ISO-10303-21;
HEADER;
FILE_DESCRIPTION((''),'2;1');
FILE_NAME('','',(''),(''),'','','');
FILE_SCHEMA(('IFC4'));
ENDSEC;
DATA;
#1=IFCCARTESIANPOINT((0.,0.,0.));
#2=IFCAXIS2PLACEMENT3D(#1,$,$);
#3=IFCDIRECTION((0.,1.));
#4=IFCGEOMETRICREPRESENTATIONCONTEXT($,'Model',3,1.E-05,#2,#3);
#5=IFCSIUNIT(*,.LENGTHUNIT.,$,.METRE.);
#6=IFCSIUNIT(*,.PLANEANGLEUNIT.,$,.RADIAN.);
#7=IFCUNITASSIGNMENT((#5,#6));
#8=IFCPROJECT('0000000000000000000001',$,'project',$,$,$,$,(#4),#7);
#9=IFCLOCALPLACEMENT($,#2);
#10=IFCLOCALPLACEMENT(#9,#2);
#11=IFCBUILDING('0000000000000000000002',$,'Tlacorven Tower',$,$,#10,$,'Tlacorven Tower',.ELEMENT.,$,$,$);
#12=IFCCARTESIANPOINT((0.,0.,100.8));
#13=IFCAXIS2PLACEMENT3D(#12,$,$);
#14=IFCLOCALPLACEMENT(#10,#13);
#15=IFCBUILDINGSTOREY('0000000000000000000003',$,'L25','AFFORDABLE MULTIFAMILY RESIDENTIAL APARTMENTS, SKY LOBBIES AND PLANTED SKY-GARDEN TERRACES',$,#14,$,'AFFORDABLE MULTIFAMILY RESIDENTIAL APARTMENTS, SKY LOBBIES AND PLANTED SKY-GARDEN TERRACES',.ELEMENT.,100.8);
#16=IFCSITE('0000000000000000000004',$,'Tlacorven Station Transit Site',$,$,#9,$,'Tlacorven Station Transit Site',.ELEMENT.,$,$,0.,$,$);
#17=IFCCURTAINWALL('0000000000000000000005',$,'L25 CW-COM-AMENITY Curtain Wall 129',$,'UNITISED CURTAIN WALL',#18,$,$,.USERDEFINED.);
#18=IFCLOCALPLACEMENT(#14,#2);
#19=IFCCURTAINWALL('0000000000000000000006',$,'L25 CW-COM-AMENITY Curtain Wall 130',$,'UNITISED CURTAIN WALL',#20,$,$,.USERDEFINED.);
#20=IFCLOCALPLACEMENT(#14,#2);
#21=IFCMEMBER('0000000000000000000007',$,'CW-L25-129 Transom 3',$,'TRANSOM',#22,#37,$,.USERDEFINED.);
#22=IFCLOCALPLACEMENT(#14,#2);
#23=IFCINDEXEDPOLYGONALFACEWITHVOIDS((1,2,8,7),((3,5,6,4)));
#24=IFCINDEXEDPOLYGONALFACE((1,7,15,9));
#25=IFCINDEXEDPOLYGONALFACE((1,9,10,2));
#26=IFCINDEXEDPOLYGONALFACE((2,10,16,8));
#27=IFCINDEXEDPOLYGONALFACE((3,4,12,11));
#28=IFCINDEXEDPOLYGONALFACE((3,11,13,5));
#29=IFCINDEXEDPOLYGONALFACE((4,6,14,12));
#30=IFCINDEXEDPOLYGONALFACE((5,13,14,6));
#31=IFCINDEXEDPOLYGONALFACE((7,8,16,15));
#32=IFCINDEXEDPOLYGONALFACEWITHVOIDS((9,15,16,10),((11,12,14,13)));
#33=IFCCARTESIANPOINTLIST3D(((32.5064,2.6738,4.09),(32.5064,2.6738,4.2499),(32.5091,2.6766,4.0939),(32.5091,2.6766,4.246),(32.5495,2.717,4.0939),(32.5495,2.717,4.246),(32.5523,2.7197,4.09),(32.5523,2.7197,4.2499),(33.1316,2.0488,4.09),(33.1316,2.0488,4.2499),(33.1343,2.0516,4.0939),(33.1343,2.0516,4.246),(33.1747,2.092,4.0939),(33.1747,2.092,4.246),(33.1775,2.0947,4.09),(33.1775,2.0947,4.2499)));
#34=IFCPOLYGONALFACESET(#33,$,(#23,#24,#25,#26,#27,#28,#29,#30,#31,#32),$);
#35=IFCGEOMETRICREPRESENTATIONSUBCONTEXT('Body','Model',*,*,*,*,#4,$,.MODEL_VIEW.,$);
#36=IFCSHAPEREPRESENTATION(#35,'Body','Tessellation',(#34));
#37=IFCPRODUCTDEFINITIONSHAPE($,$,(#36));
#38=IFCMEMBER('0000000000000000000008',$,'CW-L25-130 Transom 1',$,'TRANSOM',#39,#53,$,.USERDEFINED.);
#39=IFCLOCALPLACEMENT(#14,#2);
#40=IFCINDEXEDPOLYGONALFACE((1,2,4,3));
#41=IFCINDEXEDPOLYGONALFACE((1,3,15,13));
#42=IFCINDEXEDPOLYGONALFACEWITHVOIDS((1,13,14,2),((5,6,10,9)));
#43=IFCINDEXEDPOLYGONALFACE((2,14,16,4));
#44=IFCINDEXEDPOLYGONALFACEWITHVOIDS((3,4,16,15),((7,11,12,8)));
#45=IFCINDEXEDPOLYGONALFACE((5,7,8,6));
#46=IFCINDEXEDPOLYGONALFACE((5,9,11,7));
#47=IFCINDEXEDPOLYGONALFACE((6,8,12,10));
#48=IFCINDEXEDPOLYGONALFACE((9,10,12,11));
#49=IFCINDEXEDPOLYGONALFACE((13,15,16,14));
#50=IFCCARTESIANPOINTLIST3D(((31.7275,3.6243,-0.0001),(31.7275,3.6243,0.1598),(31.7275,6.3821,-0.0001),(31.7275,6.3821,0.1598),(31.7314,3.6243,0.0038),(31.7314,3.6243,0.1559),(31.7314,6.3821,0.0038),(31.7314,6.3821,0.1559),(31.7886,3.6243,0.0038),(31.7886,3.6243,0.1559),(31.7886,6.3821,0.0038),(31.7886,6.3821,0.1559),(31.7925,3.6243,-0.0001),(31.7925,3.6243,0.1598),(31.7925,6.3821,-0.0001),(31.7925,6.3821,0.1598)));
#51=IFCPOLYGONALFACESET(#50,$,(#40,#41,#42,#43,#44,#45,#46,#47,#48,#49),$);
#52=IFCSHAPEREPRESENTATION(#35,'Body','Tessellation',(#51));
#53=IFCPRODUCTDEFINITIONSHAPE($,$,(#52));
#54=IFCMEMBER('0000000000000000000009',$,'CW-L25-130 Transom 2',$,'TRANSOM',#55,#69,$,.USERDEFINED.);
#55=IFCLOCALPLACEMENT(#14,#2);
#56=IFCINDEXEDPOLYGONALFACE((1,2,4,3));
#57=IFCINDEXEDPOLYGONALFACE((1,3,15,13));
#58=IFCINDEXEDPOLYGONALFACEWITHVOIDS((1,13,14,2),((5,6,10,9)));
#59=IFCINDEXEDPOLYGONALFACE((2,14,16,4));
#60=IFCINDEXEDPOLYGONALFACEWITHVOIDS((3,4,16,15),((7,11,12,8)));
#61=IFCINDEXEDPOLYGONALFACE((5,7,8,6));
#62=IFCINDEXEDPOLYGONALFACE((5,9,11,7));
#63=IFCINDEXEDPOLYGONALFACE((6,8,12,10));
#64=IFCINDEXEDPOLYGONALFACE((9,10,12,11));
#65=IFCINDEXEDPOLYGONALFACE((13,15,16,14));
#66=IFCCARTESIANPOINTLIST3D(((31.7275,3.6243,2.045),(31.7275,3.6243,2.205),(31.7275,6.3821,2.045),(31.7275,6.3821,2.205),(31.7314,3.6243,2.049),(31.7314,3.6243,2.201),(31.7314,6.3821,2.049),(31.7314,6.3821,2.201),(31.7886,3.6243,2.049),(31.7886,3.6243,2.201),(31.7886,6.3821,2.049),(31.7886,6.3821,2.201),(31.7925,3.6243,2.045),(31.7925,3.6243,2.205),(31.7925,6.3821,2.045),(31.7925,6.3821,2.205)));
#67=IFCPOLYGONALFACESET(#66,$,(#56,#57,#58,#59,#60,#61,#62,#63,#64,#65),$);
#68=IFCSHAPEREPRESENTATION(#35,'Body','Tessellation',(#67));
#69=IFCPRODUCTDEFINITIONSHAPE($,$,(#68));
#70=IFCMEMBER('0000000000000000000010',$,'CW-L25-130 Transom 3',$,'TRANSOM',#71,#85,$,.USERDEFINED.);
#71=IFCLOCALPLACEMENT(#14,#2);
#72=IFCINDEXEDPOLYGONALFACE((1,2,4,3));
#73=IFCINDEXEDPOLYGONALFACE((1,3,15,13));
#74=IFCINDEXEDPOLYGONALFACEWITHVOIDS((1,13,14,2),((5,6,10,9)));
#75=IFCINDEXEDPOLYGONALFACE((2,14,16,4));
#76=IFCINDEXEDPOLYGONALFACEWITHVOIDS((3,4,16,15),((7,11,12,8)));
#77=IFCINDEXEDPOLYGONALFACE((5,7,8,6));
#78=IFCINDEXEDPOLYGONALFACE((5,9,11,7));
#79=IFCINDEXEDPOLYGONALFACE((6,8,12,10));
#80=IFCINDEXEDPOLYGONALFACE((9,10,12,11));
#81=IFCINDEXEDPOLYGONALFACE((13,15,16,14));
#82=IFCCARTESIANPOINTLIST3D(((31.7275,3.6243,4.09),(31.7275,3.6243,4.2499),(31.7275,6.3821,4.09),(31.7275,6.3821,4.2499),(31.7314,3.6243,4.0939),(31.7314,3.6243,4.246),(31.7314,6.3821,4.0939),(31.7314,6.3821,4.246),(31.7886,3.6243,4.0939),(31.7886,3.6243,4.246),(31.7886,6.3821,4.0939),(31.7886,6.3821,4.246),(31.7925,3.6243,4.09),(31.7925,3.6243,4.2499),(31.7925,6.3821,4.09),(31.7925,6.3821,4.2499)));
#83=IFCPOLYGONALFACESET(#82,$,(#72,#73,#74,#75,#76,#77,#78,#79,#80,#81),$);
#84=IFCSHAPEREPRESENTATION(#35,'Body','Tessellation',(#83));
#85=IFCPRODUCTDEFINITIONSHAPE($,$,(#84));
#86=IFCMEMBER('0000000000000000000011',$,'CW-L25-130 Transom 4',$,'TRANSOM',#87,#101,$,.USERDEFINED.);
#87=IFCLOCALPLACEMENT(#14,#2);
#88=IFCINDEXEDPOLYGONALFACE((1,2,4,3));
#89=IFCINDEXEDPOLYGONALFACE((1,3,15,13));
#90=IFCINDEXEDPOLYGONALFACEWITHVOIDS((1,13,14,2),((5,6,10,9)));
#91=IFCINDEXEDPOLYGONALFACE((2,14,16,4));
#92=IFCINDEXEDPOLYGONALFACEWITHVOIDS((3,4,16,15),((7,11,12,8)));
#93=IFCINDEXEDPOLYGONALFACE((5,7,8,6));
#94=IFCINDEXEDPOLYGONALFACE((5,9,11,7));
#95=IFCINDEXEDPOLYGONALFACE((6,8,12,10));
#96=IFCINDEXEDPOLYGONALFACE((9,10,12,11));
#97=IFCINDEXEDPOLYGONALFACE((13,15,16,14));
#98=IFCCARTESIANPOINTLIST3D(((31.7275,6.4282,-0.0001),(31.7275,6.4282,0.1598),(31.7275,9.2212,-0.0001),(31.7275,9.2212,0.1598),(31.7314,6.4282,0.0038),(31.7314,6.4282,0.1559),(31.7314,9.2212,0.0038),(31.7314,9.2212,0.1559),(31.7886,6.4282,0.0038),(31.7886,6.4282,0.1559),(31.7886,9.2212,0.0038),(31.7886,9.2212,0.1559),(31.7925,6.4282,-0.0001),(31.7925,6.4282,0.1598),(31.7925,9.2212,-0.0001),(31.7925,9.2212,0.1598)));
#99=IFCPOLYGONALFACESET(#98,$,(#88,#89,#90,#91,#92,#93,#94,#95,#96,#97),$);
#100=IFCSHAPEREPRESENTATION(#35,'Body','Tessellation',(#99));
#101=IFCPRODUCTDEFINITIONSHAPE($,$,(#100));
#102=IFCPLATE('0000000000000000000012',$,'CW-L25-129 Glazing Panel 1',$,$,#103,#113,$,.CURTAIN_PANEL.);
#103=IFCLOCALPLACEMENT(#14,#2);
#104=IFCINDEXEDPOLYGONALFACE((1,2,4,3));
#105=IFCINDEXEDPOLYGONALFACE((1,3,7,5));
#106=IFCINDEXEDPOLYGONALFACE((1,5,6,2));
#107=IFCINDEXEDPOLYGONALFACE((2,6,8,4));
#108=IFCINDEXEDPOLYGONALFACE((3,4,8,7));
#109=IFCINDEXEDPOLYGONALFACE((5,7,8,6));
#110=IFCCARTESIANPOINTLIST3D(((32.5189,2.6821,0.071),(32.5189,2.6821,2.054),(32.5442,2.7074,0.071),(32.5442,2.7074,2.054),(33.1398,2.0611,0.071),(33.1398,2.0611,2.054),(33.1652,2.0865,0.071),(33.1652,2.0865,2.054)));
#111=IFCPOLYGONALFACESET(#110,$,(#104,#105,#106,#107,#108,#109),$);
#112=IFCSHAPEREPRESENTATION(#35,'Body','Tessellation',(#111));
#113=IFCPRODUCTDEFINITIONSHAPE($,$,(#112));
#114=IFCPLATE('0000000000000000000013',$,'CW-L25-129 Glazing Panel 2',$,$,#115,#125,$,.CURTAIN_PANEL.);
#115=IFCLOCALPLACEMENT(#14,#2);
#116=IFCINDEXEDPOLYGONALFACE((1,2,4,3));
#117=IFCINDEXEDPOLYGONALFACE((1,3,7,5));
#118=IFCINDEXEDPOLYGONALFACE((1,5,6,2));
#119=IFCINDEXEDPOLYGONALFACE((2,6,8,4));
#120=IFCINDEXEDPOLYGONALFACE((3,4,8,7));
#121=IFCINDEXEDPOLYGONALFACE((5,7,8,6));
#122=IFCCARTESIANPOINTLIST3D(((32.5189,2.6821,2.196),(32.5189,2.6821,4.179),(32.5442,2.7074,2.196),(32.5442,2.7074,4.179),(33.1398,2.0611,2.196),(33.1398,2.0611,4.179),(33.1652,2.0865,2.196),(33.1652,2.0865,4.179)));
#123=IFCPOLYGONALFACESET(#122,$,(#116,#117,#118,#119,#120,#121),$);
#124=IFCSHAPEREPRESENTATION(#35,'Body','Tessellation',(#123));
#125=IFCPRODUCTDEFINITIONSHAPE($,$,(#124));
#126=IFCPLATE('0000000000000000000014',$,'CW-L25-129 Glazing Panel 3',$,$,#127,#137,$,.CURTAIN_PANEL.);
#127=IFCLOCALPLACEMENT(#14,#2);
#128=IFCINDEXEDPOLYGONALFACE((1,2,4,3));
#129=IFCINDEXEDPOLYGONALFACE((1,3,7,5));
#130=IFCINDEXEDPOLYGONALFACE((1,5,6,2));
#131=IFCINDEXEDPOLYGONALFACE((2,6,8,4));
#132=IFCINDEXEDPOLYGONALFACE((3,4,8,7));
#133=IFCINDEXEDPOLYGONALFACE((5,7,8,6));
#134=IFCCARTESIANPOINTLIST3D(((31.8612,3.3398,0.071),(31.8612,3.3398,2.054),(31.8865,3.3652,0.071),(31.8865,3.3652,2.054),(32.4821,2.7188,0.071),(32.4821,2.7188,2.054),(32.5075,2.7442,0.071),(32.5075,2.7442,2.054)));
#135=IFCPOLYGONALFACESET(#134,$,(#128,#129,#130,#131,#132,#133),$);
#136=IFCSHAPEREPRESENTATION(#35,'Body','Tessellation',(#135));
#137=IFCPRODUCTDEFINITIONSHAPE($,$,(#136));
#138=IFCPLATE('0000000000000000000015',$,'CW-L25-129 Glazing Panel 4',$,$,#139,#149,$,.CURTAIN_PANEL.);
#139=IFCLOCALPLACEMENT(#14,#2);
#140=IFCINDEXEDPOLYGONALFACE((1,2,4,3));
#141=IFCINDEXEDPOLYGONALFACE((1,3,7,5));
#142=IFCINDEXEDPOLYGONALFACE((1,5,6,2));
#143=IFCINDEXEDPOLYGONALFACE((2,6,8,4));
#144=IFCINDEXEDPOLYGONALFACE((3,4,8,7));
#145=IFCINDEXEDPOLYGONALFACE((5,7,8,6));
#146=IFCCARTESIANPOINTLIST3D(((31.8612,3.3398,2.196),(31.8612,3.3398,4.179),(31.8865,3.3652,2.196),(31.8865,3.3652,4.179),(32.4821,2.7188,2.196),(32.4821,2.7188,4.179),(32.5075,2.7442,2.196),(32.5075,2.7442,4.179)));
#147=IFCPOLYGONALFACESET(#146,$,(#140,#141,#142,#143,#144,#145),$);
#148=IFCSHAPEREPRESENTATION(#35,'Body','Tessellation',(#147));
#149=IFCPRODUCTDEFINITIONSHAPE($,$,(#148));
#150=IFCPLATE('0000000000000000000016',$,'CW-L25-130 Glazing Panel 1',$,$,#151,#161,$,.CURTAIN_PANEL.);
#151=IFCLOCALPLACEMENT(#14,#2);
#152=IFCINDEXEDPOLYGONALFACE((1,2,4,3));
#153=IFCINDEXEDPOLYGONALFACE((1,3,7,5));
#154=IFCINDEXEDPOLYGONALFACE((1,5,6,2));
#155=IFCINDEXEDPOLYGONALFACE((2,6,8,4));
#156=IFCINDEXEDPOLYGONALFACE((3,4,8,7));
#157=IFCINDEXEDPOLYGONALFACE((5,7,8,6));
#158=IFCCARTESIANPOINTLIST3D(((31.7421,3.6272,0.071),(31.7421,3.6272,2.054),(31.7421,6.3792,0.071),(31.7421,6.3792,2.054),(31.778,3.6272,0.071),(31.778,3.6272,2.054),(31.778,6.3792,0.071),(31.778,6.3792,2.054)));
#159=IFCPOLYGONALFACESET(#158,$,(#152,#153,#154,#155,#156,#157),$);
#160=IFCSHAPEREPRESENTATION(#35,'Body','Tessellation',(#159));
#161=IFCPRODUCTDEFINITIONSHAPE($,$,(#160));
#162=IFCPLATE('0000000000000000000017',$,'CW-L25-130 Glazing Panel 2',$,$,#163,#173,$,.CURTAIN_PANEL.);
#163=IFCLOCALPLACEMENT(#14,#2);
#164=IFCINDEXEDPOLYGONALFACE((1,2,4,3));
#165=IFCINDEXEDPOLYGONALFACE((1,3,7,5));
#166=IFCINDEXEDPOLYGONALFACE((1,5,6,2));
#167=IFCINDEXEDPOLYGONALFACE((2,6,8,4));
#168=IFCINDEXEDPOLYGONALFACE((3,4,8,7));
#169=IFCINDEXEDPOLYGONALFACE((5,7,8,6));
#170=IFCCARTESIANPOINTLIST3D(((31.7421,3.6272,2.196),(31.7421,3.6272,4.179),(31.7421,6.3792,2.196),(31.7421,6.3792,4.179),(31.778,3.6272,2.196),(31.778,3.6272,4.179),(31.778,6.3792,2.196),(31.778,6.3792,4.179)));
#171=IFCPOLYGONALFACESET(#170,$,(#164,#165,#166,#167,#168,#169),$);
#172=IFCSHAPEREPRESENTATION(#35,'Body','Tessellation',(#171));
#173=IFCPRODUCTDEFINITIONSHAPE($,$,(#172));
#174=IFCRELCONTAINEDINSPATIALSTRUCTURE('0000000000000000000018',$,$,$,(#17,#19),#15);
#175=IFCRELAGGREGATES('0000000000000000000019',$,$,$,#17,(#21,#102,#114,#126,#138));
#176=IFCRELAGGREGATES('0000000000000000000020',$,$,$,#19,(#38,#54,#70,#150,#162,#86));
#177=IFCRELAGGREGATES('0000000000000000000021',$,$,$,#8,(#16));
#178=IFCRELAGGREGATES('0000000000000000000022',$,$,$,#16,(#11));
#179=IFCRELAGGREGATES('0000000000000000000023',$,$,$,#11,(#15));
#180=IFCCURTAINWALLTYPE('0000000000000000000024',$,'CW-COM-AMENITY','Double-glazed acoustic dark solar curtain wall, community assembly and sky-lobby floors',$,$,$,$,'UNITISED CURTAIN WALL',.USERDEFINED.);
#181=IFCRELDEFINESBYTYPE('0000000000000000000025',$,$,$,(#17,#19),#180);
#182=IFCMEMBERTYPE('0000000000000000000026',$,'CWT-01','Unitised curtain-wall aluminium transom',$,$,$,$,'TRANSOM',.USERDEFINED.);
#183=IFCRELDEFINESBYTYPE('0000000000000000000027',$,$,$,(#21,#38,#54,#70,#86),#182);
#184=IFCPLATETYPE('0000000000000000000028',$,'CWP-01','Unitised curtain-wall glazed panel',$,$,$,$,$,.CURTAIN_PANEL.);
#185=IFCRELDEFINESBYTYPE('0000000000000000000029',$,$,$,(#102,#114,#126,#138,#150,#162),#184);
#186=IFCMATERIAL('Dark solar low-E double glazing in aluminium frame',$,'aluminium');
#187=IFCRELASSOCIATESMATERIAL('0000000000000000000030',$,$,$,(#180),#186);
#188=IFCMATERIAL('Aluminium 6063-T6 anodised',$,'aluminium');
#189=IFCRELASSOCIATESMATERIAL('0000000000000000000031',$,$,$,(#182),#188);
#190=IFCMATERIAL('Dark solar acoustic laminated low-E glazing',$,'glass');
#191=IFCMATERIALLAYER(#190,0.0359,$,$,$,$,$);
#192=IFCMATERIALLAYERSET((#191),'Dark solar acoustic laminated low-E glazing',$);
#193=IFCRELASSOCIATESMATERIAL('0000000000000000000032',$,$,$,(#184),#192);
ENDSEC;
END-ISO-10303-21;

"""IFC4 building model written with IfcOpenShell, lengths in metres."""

from ifc_helpers import new_model, si_unit, direction, frame, origin, origin_2d, place, context, subcontext, project, spatial, rectangle, hollow_rectangle, extrude, source, transform, mapped, material, layer, layer_set, material_profile, profile_set, type_object, element, aggregate, save


model = new_model("IFC4")

# Units and contexts
model_context = context("Model", 3, precision=1e-05, world=origin(), true_north=direction((0.0, 1.0)))
body_context = subcontext(model_context, "Body", "Model", "MODEL_VIEW")
ifc_project = project(units=[si_unit("LENGTHUNIT", "METRE"), si_unit("PLANEANGLEUNIT", "RADIAN")], contexts=[model_context])

# Site, building, storey
site_placement = place(None, origin())
site = spatial("IfcSite", under=ifc_project, at=site_placement, Name="Tlacorven Station Transit Site", LongName="Tlacorven Station Transit Site", CompositionType="ELEMENT", RefElevation=0.0)
building_placement = place(site_placement, origin())
building = spatial("IfcBuilding", under=site, at=building_placement, Name="Tlacorven Tower", LongName="Tlacorven Tower", CompositionType="ELEMENT")
storey_placement = place(building_placement, frame((0.0, 0.0, 100.8)))
storey = spatial("IfcBuildingStorey", under=building, at=storey_placement, Name="L25", Description="AFFORDABLE MULTIFAMILY RESIDENTIAL APARTMENTS, SKY LOBBIES AND PLANTED SKY-GARDEN TERRACES", LongName="AFFORDABLE MULTIFAMILY RESIDENTIAL APARTMENTS, SKY LOBBIES AND PLANTED SKY-GARDEN TERRACES", CompositionType="ELEMENT", Elevation=100.8)

# Shared definitions
ifc_material_1 = material(Name="Dark solar low-E double glazing in aluminium frame", Category="aluminium")
curtain_wall_type = type_object("IfcCurtainWallType", Name="CW-COM-AMENITY", Description="Double-glazed acoustic dark solar curtain wall, community assembly and sky-lobby floors", ElementType="UNITISED CURTAIN WALL", PredefinedType="USERDEFINED", material=ifc_material_1)
ifc_material_2 = material(Name="Aluminium 6063-T6 anodised", Category="aluminium")

# Curtain walls
curtain_wall_1_placement = place(storey_placement, origin())
curtain_wall_1 = element("IfcCurtainWall", 1, at=curtain_wall_1_placement, inside=storey, type_object=curtain_wall_type, Name="L25 CW-COM-AMENITY Curtain Wall 129", ObjectType="UNITISED CURTAIN WALL", PredefinedType="USERDEFINED")
curtain_wall_2_placement = place(storey_placement, origin())
curtain_wall_2 = element("IfcCurtainWall", 2, at=curtain_wall_2_placement, inside=storey, type_object=curtain_wall_type, Name="L25 CW-COM-AMENITY Curtain Wall 130", ObjectType="UNITISED CURTAIN WALL", PredefinedType="USERDEFINED")

# Members
ifc_material_profile_1 = material_profile(ifc_material_2, hollow_rectangle(XDim=0.0649, YDim=0.1599, WallThickness=0.0039, at=origin_2d()), Name="ALU TRANSOM 65X160")
ifc_profile_set_1 = profile_set([ifc_material_profile_1], Name="Aluminium 6063-T6 anodised")
member_type_1 = type_object("IfcMemberType", Name="CWT-01", Description="Unitised curtain-wall aluminium transom", ElementType="TRANSOM", PredefinedType="USERDEFINED", material=ifc_profile_set_1)
shared_shape_1 = source(origin(), body_context, "Body", "SweptSolid", [
    extrude(hollow_rectangle(XDim=0.0649, YDim=0.1599, WallThickness=0.0039, at=origin_2d()), origin(), (0.0, 0.0, 1.0), 0.884),
])
member_1_placement = place(storey_placement, frame((33.1545, 2.0718, 4.1699), z_axis=(-0.707245, 0.706969, 0.0), x_axis=(-0.706969, -0.707245, 0.0)))
member_1 = element("IfcMember", 3, at=member_1_placement, type_object=member_type_1, Name="CW-L25-129 Transom 3", ObjectType="TRANSOM", PredefinedType="USERDEFINED", context=body_context, shape_type="MappedRepresentation", body=[
    mapped(shared_shape_1, transform((0.0, 0.0, 0.0), scale=1.0)),
])
shared_shape_2 = source(origin(), body_context, "Body", "SweptSolid", [
    extrude(hollow_rectangle(XDim=0.0649, YDim=0.1599, WallThickness=0.0039, at=origin_2d()), origin(), (0.0, 0.0, 1.0), 2.7578),
])
member_2_placement = place(storey_placement, frame((31.76, 3.6243, 0.0798), z_axis=(0.0, 1.0, 0.0), x_axis=(-1.0, 0.0, 0.0)))
member_2 = element("IfcMember", 4, at=member_2_placement, type_object=member_type_1, Name="CW-L25-130 Transom 1", ObjectType="TRANSOM", PredefinedType="USERDEFINED", context=body_context, shape_type="MappedRepresentation", body=[
    mapped(shared_shape_2, transform((0.0, 0.0, 0.0), scale=1.0)),
])
member_3_placement = place(storey_placement, frame((31.76, 3.6243, 2.125), z_axis=(0.0, 1.0, 0.0), x_axis=(-1.0, 0.0, 0.0)))
member_3 = element("IfcMember", 5, at=member_3_placement, type_object=member_type_1, Name="CW-L25-130 Transom 2", ObjectType="TRANSOM", PredefinedType="USERDEFINED", context=body_context, shape_type="MappedRepresentation", body=[
    mapped(shared_shape_2, transform((0.0, 0.0, 0.0), scale=1.0)),
])
member_4_placement = place(storey_placement, frame((31.76, 3.6243, 4.1699), z_axis=(0.0, 1.0, 0.0), x_axis=(-1.0, 0.0, 0.0)))
member_4 = element("IfcMember", 6, at=member_4_placement, type_object=member_type_1, Name="CW-L25-130 Transom 3", ObjectType="TRANSOM", PredefinedType="USERDEFINED", context=body_context, shape_type="MappedRepresentation", body=[
    mapped(shared_shape_2, transform((0.0, 0.0, 0.0), scale=1.0)),
])
shared_shape_3 = source(origin(), body_context, "Body", "SweptSolid", [
    extrude(hollow_rectangle(XDim=0.0649, YDim=0.1599, WallThickness=0.0039, at=origin_2d()), origin(), (0.0, 0.0, 1.0), 2.793),
])
member_5_placement = place(storey_placement, frame((31.76, 6.4282, 0.0798), z_axis=(0.0, 1.0, 0.0), x_axis=(-1.0, 0.0, 0.0)))
member_5 = element("IfcMember", 7, at=member_5_placement, type_object=member_type_1, Name="CW-L25-130 Transom 4", ObjectType="TRANSOM", PredefinedType="USERDEFINED", context=body_context, shape_type="MappedRepresentation", body=[
    mapped(shared_shape_3, transform((0.0, 0.0, 0.0), scale=1.0)),
])

# Plates
ifc_material_3 = material(Name="Dark solar acoustic laminated low-E glazing", Category="glass")
ifc_layer = layer(ifc_material_3, 0.0359)
ifc_layer_set = layer_set([ifc_layer], Name="Dark solar acoustic laminated low-E glazing")
plate_type = type_object("IfcPlateType", Name="CWP-01", Description="Unitised curtain-wall glazed panel", PredefinedType="CURTAIN_PANEL", material=ifc_layer_set)
shared_shape_4 = source(origin(), body_context, "Body", "SweptSolid", [
    extrude(rectangle(XDim=0.8782, YDim=0.0359, at=origin_2d()), origin(), (0.0, 0.0, 1.0), 1.9829),
])
plate_1_placement = place(storey_placement, frame((32.842, 2.3843, 0.071), z_axis=(0.0, 0.0, 1.0), x_axis=(-0.707107, 0.707107, 0.0)))
plate_1 = element("IfcPlate", 8, at=plate_1_placement, type_object=plate_type, Name="CW-L25-129 Glazing Panel 1", PredefinedType="CURTAIN_PANEL", context=body_context, shape_type="MappedRepresentation", body=[
    mapped(shared_shape_4, transform((0.0, 0.0, 0.0), scale=1.0)),
])
plate_2_placement = place(storey_placement, frame((32.842, 2.3843, 2.196), z_axis=(0.0, 0.0, 1.0), x_axis=(-0.707107, 0.707107, 0.0)))
plate_2 = element("IfcPlate", 9, at=plate_2_placement, type_object=plate_type, Name="CW-L25-129 Glazing Panel 2", PredefinedType="CURTAIN_PANEL", context=body_context, shape_type="MappedRepresentation", body=[
    mapped(shared_shape_4, transform((0.0, 0.0, 0.0), scale=1.0)),
])
plate_3_placement = place(storey_placement, frame((32.1843, 3.042, 0.071), z_axis=(0.0, 0.0, 1.0), x_axis=(-0.707107, 0.707107, 0.0)))
plate_3 = element("IfcPlate", 10, at=plate_3_placement, type_object=plate_type, Name="CW-L25-129 Glazing Panel 3", PredefinedType="CURTAIN_PANEL", context=body_context, shape_type="MappedRepresentation", body=[
    mapped(shared_shape_4, transform((0.0, 0.0, 0.0), scale=1.0)),
])
plate_4_placement = place(storey_placement, frame((32.1843, 3.042, 2.196), z_axis=(0.0, 0.0, 1.0), x_axis=(-0.707107, 0.707107, 0.0)))
plate_4 = element("IfcPlate", 11, at=plate_4_placement, type_object=plate_type, Name="CW-L25-129 Glazing Panel 4", PredefinedType="CURTAIN_PANEL", context=body_context, shape_type="MappedRepresentation", body=[
    mapped(shared_shape_4, transform((0.0, 0.0, 0.0), scale=1.0)),
])
aggregate(curtain_wall_1, [member_1, plate_1, plate_2, plate_3, plate_4])
shared_shape_5 = source(origin(), body_context, "Body", "SweptSolid", [
    extrude(rectangle(XDim=2.752, YDim=0.0359, at=origin_2d()), origin(), (0.0, 0.0, 1.0), 1.9829),
])
plate_5_placement = place(storey_placement, frame((31.76, 5.0032, 0.071), z_axis=(0.0, 0.0, 1.0), x_axis=(0.0, 1.0, 0.0)))
plate_5 = element("IfcPlate", 12, at=plate_5_placement, type_object=plate_type, Name="CW-L25-130 Glazing Panel 1", PredefinedType="CURTAIN_PANEL", context=body_context, shape_type="MappedRepresentation", body=[
    mapped(shared_shape_5, transform((0.0, 0.0, 0.0), scale=1.0)),
])
plate_6_placement = place(storey_placement, frame((31.76, 5.0032, 2.196), z_axis=(0.0, 0.0, 1.0), x_axis=(0.0, 1.0, 0.0)))
plate_6 = element("IfcPlate", 13, at=plate_6_placement, type_object=plate_type, Name="CW-L25-130 Glazing Panel 2", PredefinedType="CURTAIN_PANEL", context=body_context, shape_type="MappedRepresentation", body=[
    mapped(shared_shape_5, transform((0.0, 0.0, 0.0), scale=1.0)),
])
aggregate(curtain_wall_2, [member_2, member_3, member_4, plate_5, plate_6, member_5])

save(model, "model.ifc")
